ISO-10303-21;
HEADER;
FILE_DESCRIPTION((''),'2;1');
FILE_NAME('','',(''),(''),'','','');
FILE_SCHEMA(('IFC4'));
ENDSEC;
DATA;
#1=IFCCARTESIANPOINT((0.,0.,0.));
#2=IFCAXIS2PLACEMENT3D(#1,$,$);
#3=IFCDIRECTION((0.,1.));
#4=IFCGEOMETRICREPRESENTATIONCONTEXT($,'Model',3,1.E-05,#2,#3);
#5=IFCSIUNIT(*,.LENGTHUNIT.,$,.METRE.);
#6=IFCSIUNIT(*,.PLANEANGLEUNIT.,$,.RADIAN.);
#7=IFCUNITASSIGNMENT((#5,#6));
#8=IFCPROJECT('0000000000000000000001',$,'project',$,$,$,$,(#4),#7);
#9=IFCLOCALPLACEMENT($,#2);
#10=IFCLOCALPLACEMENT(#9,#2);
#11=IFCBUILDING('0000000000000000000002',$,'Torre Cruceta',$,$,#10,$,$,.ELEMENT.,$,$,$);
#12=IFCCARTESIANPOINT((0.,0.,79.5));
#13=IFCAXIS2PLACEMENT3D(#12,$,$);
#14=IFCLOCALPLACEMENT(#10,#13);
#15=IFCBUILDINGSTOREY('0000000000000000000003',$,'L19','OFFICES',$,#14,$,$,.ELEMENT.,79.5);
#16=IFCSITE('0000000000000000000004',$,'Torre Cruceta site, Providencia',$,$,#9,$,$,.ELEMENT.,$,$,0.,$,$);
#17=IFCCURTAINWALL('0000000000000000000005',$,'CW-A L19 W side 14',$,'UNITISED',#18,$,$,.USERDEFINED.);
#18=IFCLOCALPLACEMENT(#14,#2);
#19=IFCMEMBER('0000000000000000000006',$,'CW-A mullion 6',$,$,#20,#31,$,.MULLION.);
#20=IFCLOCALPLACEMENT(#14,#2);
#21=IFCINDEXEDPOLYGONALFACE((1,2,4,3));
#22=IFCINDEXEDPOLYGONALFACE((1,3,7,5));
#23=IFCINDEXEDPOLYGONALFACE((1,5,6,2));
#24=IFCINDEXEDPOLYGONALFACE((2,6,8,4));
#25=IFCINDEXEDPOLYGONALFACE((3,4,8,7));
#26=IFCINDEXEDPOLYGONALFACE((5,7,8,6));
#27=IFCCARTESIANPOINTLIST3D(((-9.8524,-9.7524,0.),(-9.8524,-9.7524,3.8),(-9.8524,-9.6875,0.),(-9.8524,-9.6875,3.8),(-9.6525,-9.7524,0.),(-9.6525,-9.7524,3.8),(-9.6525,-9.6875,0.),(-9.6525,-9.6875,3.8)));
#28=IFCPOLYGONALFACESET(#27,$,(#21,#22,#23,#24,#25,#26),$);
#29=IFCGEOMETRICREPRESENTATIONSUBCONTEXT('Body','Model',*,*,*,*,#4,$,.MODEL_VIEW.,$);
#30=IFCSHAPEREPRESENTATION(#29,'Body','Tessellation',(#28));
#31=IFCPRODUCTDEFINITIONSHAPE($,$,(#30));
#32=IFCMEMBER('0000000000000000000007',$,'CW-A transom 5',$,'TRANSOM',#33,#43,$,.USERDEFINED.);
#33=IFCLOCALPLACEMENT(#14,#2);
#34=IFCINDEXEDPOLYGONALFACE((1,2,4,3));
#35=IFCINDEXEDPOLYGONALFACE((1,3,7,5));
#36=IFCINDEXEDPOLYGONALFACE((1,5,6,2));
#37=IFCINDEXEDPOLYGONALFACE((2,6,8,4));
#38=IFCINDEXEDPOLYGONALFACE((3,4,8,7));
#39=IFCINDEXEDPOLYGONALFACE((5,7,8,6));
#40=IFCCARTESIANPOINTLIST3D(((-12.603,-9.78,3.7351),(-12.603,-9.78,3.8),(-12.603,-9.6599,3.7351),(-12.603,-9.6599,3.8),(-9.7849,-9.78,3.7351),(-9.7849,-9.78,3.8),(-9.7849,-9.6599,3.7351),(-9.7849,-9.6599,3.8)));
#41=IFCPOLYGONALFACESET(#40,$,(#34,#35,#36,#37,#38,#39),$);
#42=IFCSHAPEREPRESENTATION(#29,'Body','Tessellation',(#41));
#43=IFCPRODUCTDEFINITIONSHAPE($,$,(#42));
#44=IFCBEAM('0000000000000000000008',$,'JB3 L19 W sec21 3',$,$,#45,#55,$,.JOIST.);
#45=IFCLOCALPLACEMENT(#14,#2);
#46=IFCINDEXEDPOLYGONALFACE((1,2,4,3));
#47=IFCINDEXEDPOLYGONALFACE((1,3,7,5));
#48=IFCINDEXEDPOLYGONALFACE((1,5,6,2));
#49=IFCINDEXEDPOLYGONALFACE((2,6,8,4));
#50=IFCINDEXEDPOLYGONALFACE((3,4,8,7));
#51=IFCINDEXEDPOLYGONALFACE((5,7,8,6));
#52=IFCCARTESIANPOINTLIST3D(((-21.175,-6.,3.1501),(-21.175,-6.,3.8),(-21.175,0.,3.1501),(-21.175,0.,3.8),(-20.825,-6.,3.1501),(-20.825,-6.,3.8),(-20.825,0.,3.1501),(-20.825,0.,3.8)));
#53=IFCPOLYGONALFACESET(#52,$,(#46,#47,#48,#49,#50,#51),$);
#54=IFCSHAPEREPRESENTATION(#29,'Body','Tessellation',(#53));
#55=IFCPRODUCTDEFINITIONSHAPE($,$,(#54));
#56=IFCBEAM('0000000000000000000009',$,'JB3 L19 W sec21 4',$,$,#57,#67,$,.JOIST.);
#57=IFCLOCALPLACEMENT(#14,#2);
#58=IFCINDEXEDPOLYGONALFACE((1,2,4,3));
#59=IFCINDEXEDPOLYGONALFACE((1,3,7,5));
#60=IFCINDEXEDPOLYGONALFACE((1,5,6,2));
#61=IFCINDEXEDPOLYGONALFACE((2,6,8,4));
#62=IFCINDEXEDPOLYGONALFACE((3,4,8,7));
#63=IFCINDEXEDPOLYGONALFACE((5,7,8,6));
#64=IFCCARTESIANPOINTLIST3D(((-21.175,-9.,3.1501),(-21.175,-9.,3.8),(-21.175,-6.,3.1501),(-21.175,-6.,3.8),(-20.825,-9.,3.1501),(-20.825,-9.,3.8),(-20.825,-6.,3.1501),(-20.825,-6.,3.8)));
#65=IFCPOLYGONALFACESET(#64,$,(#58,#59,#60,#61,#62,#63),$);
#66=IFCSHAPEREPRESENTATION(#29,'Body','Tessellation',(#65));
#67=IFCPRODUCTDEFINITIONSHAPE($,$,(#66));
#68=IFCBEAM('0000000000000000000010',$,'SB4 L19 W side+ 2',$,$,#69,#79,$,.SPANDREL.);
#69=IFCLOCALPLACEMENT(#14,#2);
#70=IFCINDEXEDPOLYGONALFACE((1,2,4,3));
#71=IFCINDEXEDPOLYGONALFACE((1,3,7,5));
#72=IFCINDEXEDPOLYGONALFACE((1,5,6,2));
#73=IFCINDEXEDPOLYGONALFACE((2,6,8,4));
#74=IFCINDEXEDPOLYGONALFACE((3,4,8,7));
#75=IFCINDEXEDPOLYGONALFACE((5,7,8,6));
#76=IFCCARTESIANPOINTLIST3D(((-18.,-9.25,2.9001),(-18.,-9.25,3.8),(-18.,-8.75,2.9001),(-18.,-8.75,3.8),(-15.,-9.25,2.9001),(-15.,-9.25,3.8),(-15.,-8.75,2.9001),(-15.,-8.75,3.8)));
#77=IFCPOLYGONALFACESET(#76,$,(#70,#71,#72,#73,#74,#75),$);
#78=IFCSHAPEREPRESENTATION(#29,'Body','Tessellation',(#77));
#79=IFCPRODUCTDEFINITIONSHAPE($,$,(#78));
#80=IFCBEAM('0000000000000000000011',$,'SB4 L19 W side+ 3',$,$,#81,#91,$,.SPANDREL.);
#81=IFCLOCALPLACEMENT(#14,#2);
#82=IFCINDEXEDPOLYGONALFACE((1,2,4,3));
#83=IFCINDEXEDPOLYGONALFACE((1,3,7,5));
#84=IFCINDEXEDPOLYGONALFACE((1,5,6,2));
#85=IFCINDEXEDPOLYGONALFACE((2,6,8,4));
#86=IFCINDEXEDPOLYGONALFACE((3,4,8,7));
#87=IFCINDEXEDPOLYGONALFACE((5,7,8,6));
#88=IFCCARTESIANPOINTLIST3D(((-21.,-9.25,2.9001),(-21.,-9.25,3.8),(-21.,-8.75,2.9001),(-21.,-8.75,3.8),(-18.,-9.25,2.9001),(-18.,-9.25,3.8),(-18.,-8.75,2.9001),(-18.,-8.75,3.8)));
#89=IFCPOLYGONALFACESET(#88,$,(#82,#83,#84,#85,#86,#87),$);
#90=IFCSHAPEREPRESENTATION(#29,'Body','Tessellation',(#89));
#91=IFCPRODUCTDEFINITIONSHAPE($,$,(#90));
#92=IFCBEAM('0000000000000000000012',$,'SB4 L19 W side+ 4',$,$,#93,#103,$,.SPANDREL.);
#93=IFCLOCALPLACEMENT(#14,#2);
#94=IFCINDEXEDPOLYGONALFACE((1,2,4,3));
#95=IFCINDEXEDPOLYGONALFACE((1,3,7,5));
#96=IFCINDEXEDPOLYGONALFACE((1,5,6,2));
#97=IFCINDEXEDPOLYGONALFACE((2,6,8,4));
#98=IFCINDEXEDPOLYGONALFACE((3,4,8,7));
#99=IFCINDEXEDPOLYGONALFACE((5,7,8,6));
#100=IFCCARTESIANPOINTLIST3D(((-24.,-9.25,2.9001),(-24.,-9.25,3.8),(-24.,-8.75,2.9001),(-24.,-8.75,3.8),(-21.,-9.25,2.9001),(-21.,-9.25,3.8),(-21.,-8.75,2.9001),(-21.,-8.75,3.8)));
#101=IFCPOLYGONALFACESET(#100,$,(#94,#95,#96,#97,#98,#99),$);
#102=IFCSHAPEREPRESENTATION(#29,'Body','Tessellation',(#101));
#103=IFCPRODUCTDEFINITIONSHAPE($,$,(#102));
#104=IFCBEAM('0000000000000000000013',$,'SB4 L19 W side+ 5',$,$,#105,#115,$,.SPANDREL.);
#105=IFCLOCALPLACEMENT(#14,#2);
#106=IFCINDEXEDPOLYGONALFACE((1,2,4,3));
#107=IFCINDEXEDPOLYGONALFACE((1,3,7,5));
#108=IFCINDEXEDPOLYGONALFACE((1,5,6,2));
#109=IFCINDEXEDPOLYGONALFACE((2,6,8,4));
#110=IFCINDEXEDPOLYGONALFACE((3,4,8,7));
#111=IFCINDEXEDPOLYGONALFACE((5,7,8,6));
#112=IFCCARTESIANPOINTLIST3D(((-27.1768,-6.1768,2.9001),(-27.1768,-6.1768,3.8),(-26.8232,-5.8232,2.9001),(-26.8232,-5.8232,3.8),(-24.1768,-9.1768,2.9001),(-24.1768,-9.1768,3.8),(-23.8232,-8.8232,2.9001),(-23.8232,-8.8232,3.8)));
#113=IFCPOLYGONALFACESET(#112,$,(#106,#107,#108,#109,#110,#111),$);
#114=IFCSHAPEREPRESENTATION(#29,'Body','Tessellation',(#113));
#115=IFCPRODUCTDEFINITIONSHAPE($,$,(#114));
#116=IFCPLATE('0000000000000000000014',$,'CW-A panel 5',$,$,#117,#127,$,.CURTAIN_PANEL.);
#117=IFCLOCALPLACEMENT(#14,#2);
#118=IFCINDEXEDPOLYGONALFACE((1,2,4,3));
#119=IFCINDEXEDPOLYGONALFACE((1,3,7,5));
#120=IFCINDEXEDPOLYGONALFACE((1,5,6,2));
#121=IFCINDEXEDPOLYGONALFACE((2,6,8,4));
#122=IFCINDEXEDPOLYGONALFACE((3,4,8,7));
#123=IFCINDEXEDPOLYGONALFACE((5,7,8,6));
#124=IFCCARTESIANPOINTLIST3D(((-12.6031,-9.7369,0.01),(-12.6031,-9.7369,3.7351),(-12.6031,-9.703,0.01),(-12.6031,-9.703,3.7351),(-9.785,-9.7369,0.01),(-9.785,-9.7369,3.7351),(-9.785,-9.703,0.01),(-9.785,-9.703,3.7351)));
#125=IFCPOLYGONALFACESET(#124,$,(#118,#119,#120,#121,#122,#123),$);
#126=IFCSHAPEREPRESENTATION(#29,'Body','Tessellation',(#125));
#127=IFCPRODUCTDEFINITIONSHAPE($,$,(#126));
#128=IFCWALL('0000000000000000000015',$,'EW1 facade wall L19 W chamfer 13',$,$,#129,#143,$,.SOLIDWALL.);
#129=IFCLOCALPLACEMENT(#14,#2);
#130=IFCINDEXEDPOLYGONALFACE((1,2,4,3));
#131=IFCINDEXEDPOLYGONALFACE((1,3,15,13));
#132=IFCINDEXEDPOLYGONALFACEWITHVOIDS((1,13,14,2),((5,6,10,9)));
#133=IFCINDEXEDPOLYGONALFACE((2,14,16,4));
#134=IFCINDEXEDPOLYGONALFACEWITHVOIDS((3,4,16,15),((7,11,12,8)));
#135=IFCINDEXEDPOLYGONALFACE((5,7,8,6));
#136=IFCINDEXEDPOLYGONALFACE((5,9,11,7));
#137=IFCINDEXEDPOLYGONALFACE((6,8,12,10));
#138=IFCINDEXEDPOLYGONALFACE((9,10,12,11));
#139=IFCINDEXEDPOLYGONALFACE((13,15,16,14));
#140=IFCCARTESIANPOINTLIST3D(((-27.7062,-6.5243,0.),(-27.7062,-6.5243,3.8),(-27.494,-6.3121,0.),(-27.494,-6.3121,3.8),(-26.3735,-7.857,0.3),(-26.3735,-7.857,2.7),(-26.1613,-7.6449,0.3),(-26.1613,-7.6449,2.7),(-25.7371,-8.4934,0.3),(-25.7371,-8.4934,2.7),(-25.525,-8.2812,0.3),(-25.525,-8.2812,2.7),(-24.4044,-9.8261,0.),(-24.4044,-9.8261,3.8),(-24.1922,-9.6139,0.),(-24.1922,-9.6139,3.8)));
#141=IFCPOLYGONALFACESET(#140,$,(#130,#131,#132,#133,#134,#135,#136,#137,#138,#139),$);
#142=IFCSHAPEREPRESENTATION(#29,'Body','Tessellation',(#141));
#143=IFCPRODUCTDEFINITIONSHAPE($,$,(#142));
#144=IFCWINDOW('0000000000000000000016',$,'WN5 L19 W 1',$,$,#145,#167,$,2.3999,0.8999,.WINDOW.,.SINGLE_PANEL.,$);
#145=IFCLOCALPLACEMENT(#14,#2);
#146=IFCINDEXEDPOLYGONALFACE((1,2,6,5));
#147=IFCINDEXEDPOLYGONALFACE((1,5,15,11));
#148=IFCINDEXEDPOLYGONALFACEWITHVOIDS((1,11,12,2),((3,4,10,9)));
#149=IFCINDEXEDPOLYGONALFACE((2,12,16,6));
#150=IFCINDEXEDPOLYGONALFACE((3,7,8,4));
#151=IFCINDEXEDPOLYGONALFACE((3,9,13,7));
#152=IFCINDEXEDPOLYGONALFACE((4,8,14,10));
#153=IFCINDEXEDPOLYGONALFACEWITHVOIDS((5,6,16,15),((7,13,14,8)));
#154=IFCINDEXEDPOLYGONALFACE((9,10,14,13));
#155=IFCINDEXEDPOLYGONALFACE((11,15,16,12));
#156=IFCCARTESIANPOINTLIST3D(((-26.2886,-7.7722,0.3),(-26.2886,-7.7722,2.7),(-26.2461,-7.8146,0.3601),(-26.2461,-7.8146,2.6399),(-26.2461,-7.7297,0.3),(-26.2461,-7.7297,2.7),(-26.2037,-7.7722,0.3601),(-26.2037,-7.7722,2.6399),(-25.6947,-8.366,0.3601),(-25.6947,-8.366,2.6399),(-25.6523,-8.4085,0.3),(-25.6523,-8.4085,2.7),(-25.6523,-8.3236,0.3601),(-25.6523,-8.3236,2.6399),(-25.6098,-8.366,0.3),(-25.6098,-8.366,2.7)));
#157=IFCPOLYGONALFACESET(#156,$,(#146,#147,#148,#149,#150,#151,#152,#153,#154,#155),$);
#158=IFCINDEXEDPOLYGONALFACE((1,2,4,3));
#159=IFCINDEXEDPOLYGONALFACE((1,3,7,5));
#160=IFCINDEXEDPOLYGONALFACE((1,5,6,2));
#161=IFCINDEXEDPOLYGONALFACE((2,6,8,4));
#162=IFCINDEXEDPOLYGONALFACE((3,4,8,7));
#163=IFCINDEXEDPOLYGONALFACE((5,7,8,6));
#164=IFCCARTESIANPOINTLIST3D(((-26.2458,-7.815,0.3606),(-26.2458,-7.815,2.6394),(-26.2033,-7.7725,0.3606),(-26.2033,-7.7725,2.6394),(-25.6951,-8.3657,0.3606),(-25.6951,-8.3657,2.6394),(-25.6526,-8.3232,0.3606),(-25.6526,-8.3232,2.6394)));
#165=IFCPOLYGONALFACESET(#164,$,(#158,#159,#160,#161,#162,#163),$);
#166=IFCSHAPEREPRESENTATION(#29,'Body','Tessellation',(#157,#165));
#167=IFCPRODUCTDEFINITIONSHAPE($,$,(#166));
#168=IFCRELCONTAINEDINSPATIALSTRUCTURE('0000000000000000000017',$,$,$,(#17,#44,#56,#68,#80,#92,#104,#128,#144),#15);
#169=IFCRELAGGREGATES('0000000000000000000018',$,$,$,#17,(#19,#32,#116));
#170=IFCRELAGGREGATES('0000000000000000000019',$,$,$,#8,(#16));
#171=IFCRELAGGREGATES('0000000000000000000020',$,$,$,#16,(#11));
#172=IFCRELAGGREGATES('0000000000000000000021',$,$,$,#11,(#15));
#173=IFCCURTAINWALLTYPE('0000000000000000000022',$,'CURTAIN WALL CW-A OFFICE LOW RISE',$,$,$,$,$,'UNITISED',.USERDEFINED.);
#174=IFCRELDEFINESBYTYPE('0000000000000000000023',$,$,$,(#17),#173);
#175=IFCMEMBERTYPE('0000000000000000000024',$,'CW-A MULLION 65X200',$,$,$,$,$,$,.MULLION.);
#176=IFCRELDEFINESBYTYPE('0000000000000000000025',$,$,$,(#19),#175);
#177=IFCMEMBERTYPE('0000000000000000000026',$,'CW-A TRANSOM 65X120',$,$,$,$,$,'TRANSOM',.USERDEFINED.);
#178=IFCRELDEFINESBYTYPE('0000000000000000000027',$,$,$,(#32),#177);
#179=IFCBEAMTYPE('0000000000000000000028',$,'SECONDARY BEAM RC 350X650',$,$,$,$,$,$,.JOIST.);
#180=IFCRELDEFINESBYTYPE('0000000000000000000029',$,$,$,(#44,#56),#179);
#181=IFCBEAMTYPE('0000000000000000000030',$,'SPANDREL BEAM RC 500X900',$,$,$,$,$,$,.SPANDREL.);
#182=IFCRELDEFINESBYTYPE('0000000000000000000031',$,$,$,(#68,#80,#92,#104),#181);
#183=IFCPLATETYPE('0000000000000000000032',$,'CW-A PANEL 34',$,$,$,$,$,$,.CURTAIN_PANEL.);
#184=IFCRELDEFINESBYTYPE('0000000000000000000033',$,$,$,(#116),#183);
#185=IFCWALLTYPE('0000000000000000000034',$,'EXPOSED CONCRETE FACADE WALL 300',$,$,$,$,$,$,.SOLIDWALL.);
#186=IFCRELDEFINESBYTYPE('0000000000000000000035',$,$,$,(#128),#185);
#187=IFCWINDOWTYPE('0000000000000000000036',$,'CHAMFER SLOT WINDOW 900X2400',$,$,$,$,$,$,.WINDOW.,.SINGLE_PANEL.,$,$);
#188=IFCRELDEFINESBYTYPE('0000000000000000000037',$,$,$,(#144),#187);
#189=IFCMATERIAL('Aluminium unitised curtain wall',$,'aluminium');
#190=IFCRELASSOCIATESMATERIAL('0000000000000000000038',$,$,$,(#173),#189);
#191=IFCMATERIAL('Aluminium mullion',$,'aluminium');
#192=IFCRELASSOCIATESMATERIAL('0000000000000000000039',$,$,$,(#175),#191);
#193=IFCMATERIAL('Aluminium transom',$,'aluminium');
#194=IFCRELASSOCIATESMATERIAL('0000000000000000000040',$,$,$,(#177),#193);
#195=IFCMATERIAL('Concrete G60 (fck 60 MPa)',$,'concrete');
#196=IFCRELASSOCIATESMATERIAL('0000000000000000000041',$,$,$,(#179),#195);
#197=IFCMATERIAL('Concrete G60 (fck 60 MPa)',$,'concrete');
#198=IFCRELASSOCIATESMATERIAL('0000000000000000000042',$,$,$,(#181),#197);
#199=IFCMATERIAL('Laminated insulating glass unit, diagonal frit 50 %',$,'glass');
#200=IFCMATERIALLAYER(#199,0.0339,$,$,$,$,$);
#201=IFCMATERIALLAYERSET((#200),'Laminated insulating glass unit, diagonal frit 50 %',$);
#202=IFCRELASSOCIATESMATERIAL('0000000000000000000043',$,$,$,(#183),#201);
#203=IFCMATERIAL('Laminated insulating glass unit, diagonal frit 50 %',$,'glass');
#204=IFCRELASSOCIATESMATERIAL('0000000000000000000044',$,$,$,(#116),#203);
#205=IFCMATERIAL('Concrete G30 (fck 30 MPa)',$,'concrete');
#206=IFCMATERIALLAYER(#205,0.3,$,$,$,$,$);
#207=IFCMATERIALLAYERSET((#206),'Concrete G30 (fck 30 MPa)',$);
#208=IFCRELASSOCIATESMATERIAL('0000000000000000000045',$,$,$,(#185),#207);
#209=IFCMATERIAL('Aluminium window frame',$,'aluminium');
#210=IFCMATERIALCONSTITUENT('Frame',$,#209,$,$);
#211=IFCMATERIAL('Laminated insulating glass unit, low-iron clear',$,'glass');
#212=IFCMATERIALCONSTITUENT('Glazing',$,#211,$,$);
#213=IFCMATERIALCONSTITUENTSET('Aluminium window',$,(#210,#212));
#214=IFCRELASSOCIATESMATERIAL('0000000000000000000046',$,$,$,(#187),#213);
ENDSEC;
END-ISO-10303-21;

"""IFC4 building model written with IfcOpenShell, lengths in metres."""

from ifc_helpers import new_model, si_unit, direction, frame, frame_2d, origin, origin_2d, place, context, subcontext, project, spatial, rectangle, hollow_rectangle, extrude, material, layer, layer_set, constituent, constituent_set, material_profile, profile_set, type_object, element, fill, aggregate, save


model = new_model("IFC4")

# Units and contexts
model_context = context("Model", 3, precision=1e-05, world=origin(), true_north=direction((0.0, 1.0)))
body_context = subcontext(model_context, "Body", "Model", "MODEL_VIEW")
ifc_project = project(units=[si_unit("LENGTHUNIT", "METRE"), si_unit("PLANEANGLEUNIT", "RADIAN")], contexts=[model_context])

# Site, building, storey
site_placement = place(None, origin())
site = spatial("IfcSite", under=ifc_project, at=site_placement, Name="Torre Cruceta site, Providencia", CompositionType="ELEMENT", RefElevation=0.0)
building_placement = place(site_placement, origin())
building = spatial("IfcBuilding", under=site, at=building_placement, Name="Torre Cruceta", CompositionType="ELEMENT")
storey_placement = place(building_placement, frame((0.0, 0.0, 79.5)))
storey = spatial("IfcBuildingStorey", under=building, at=storey_placement, Name="L19", Description="OFFICES", CompositionType="ELEMENT", Elevation=79.5)

# Curtain wall, members
ifc_material_1 = material(Name="Aluminium unitised curtain wall", Category="aluminium")
curtain_wall_type = type_object("IfcCurtainWallType", Name="CURTAIN WALL CW-A OFFICE LOW RISE", ElementType="UNITISED", PredefinedType="USERDEFINED", material=ifc_material_1)
curtain_wall_placement = place(storey_placement, origin())
curtain_wall = element("IfcCurtainWall", 1, at=curtain_wall_placement, inside=storey, type_object=curtain_wall_type, Name="CW-A L19 W side 14", ObjectType="UNITISED", PredefinedType="USERDEFINED")
ifc_material_2 = material(Name="Aluminium mullion", Category="aluminium")
ifc_material_profile_1 = material_profile(ifc_material_2, rectangle(XDim=0.0649, YDim=0.2, at=origin_2d()), Name="AL 65X200")
ifc_profile_set_1 = profile_set([ifc_material_profile_1], Name="Aluminium mullion")
member_type_1 = type_object("IfcMemberType", Name="CW-A MULLION 65X200", PredefinedType="MULLION", material=ifc_profile_set_1)
member_1_placement = place(storey_placement, frame((-9.7524, -9.72, 0.0), z_axis=(0.0, 0.0, 1.0), x_axis=(0.0, 1.0, 0.0)))
member_1 = element("IfcMember", 2, at=member_1_placement, type_object=member_type_1, Name="CW-A mullion 6", PredefinedType="MULLION", context=body_context, shape_type="SweptSolid", body=[
    extrude(rectangle(XDim=0.0649, YDim=0.2, at=origin_2d()), origin(), (0.0, 0.0, 1.0), 3.8),
])
ifc_material_3 = material(Name="Aluminium transom", Category="aluminium")
ifc_material_profile_2 = material_profile(ifc_material_3, rectangle(XDim=0.1201, YDim=0.0649, at=origin_2d()), Name="AL 120X65")
ifc_profile_set_2 = profile_set([ifc_material_profile_2], Name="Aluminium transom")
member_type_2 = type_object("IfcMemberType", Name="CW-A TRANSOM 65X120", ElementType="TRANSOM", PredefinedType="USERDEFINED", material=ifc_profile_set_2)
member_2_placement = place(storey_placement, frame((-12.603, -9.72, 3.7676), z_axis=(1.0, 0.0, 0.0), x_axis=(0.0, 1.0, 0.0)))
member_2 = element("IfcMember", 3, at=member_2_placement, type_object=member_type_2, Name="CW-A transom 5", ObjectType="TRANSOM", PredefinedType="USERDEFINED", context=body_context, shape_type="SweptSolid", body=[
    extrude(rectangle(XDim=0.1201, YDim=0.0649, at=origin_2d()), origin(), (0.0, 0.0, 1.0), 2.8181),
])

# Beams
ifc_material_4 = material(Name="Concrete G60 (fck 60 MPa)", Category="concrete")
ifc_material_profile_3 = material_profile(ifc_material_4, rectangle(XDim=0.3501, YDim=0.6499, at=origin_2d()), Name="RC 350X650")
ifc_profile_set_3 = profile_set([ifc_material_profile_3], Name="Concrete G60 (fck 60 MPa)")
beam_type_1 = type_object("IfcBeamType", Name="SECONDARY BEAM RC 350X650", PredefinedType="JOIST", material=ifc_profile_set_3)
beam_1_placement = place(storey_placement, frame((-21.0, 0.0, 3.4751), z_axis=(0.0, -1.0, 0.0), x_axis=(1.0, 0.0, 0.0)))
element("IfcBeam", 4, at=beam_1_placement, inside=storey, type_object=beam_type_1, Name="JB3 L19 W sec21 3", PredefinedType="JOIST", context=body_context, shape_type="SweptSolid", body=[
    extrude(rectangle(XDim=0.3501, YDim=0.6499, at=origin_2d()), origin(), (0.0, 0.0, 1.0), 6.0),
])
beam_2_placement = place(storey_placement, frame((-21.0, -6.0, 3.4751), z_axis=(0.0, -1.0, 0.0), x_axis=(1.0, 0.0, 0.0)))
element("IfcBeam", 5, at=beam_2_placement, inside=storey, type_object=beam_type_1, Name="JB3 L19 W sec21 4", PredefinedType="JOIST", context=body_context, shape_type="SweptSolid", body=[
    extrude(rectangle(XDim=0.3501, YDim=0.6499, at=origin_2d()), origin(), (0.0, 0.0, 1.0), 3.0),
])
ifc_material_5 = material(Name="Concrete G60 (fck 60 MPa)", Category="concrete")
ifc_material_profile_4 = material_profile(ifc_material_5, rectangle(XDim=0.5, YDim=0.8999, at=origin_2d()), Name="RC 500X900")
ifc_profile_set_4 = profile_set([ifc_material_profile_4], Name="Concrete G60 (fck 60 MPa)")
beam_type_2 = type_object("IfcBeamType", Name="SPANDREL BEAM RC 500X900", PredefinedType="SPANDREL", material=ifc_profile_set_4)
for number, where, z_axis, x_axis, name in (
    (6, (-15.0, -9.0, 3.3501), (-1.0, 0.0, 0.0), (0.0, -1.0, 0.0), "SB4 L19 W side+ 2"),
    (7, (-18.0, -9.0, 3.3501), (-1.0, 0.0, 0.0), (0.0, -1.0, 0.0), "SB4 L19 W side+ 3"),
    (8, (-21.0, -9.0, 3.3501), (-1.0, 0.0, 0.0), (0.0, -1.0, 0.0), "SB4 L19 W side+ 4"),
):
    element("IfcBeam", number, at=place(storey_placement, frame(where, z_axis=z_axis, x_axis=x_axis)), inside=storey, type_object=beam_type_2, Name=name, PredefinedType="SPANDREL", context=body_context, shape_type="SweptSolid", body=[
        extrude(rectangle(XDim=0.5, YDim=0.8999, at=origin_2d()), origin(), (0.0, 0.0, 1.0), 3.0),
    ])
beam_3_placement = place(storey_placement, frame((-24.0, -9.0, 3.3501), z_axis=(-0.707107, 0.707107, 0.0), x_axis=(-0.707107, -0.707107, 0.0)))
element("IfcBeam", 9, at=beam_3_placement, inside=storey, type_object=beam_type_2, Name="SB4 L19 W side+ 5", PredefinedType="SPANDREL", context=body_context, shape_type="SweptSolid", body=[
    extrude(rectangle(XDim=0.5, YDim=0.8999, at=origin_2d()), origin(), (0.0, 0.0, 1.0), 4.2427),
])

# Plate
ifc_material_6 = material(Name="Laminated insulating glass unit, diagonal frit 50 %", Category="glass")
ifc_material_7 = material(Name="Laminated insulating glass unit, diagonal frit 50 %", Category="glass")
ifc_layer_1 = layer(ifc_material_7, 0.0339)
ifc_layer_set_1 = layer_set([ifc_layer_1], Name="Laminated insulating glass unit, diagonal frit 50 %")
plate_type = type_object("IfcPlateType", Name="CW-A PANEL 34", PredefinedType="CURTAIN_PANEL", material=ifc_layer_set_1)
plate_placement = place(storey_placement, frame((-11.1941, -9.72, 0.01), z_axis=(0.0, 0.0, 1.0), x_axis=(1.0, 0.0, 0.0)))
plate = element("IfcPlate", 10, at=plate_placement, type_object=plate_type, material=ifc_material_6, Name="CW-A panel 5", PredefinedType="CURTAIN_PANEL", context=body_context, shape_type="SweptSolid", body=[
    extrude(rectangle(XDim=2.8181, YDim=0.0339, at=origin_2d()), origin(), (0.0, 0.0, 1.0), 3.7251),
])
aggregate(curtain_wall, [member_1, member_2, plate])

# Wall, opening, window
ifc_material_8 = material(Name="Concrete G30 (fck 30 MPa)", Category="concrete")
ifc_layer_2 = layer(ifc_material_8, 0.3)
ifc_layer_set_2 = layer_set([ifc_layer_2], Name="Concrete G30 (fck 30 MPa)")
wall_type_1 = type_object("IfcWallType", Name="EXPOSED CONCRETE FACADE WALL 300", PredefinedType="SOLIDWALL", material=ifc_layer_set_2)
wall_1_placement = place(storey_placement, frame((-27.6001, -6.4182, 0.0), z_axis=(0.0, 0.0, 1.0), x_axis=(0.707107, -0.707107, 0.0)))
wall_1 = element("IfcWall", 11, at=wall_1_placement, inside=storey, type_object=wall_type_1, Name="EW1 facade wall L19 W chamfer 13", PredefinedType="SOLIDWALL", context=body_context, shape_type="SweptSolid", body=[
    extrude(rectangle(XDim=4.6694, YDim=0.3, at=frame_2d((2.3347, 0.0))), origin(), (0.0, 0.0, 1.0), 3.8),
])
opening_1_placement = place(wall_1_placement, frame((1.8848, 0.0, 0.3)))
opening_1 = element("IfcOpeningElement", 12, at=opening_1_placement, cuts=wall_1, PredefinedType="OPENING", context=body_context, shape_type="SweptSolid", body=[
    extrude(rectangle(XDim=0.8999, YDim=2.3999, at=frame_2d((0.45, 1.2))), frame((0.0, 0.1599, 0.0), z_axis=(0.0, -1.0, 0.0), x_axis=(1.0, 0.0, 0.0)), (0.0, 0.0, 1.0), 0.3201),
])
ifc_material_9 = material(Name="Aluminium window frame", Category="aluminium")
ifc_constituent_1 = constituent(ifc_material_9, Name="Frame")
ifc_material_10 = material(Name="Laminated insulating glass unit, low-iron clear", Category="glass")
ifc_constituent_2 = constituent(ifc_material_10, Name="Glazing")
ifc_constituent_set_1 = constituent_set(constituents=[ifc_constituent_1, ifc_constituent_2], Name="Aluminium window")
window_type = type_object("IfcWindowType", Name="CHAMFER SLOT WINDOW 900X2400", PartitioningType="SINGLE_PANEL", PredefinedType="WINDOW", material=ifc_constituent_set_1)
window_placement = place(opening_1_placement, origin())
window = element("IfcWindow", 13, at=window_placement, inside=storey, type_object=window_type, Name="WN5 L19 W 1", OverallHeight=2.3999, OverallWidth=0.8999, PartitioningType="SINGLE_PANEL", PredefinedType="WINDOW", context=body_context, shape_type="SweptSolid", body=[
    extrude(hollow_rectangle(XDim=0.8999, YDim=2.3999, WallThickness=0.0601, at=frame_2d((0.45, 1.2))), frame((0.0, 0.03, 0.0), z_axis=(0.0, -1.0, 0.0), x_axis=(1.0, 0.0, 0.0)), (0.0, 0.0, 1.0), 0.0601),
    extrude(rectangle(XDim=0.7788, YDim=2.2788, at=frame_2d((0.45, 1.2))), frame((0.0, 0.03, 0.0), z_axis=(0.0, -1.0, 0.0), x_axis=(1.0, 0.0, 0.0)), (0.0, 0.0, 1.0), 0.0601),
])
fill(opening_1, window)

save(model, "model.ifc")
